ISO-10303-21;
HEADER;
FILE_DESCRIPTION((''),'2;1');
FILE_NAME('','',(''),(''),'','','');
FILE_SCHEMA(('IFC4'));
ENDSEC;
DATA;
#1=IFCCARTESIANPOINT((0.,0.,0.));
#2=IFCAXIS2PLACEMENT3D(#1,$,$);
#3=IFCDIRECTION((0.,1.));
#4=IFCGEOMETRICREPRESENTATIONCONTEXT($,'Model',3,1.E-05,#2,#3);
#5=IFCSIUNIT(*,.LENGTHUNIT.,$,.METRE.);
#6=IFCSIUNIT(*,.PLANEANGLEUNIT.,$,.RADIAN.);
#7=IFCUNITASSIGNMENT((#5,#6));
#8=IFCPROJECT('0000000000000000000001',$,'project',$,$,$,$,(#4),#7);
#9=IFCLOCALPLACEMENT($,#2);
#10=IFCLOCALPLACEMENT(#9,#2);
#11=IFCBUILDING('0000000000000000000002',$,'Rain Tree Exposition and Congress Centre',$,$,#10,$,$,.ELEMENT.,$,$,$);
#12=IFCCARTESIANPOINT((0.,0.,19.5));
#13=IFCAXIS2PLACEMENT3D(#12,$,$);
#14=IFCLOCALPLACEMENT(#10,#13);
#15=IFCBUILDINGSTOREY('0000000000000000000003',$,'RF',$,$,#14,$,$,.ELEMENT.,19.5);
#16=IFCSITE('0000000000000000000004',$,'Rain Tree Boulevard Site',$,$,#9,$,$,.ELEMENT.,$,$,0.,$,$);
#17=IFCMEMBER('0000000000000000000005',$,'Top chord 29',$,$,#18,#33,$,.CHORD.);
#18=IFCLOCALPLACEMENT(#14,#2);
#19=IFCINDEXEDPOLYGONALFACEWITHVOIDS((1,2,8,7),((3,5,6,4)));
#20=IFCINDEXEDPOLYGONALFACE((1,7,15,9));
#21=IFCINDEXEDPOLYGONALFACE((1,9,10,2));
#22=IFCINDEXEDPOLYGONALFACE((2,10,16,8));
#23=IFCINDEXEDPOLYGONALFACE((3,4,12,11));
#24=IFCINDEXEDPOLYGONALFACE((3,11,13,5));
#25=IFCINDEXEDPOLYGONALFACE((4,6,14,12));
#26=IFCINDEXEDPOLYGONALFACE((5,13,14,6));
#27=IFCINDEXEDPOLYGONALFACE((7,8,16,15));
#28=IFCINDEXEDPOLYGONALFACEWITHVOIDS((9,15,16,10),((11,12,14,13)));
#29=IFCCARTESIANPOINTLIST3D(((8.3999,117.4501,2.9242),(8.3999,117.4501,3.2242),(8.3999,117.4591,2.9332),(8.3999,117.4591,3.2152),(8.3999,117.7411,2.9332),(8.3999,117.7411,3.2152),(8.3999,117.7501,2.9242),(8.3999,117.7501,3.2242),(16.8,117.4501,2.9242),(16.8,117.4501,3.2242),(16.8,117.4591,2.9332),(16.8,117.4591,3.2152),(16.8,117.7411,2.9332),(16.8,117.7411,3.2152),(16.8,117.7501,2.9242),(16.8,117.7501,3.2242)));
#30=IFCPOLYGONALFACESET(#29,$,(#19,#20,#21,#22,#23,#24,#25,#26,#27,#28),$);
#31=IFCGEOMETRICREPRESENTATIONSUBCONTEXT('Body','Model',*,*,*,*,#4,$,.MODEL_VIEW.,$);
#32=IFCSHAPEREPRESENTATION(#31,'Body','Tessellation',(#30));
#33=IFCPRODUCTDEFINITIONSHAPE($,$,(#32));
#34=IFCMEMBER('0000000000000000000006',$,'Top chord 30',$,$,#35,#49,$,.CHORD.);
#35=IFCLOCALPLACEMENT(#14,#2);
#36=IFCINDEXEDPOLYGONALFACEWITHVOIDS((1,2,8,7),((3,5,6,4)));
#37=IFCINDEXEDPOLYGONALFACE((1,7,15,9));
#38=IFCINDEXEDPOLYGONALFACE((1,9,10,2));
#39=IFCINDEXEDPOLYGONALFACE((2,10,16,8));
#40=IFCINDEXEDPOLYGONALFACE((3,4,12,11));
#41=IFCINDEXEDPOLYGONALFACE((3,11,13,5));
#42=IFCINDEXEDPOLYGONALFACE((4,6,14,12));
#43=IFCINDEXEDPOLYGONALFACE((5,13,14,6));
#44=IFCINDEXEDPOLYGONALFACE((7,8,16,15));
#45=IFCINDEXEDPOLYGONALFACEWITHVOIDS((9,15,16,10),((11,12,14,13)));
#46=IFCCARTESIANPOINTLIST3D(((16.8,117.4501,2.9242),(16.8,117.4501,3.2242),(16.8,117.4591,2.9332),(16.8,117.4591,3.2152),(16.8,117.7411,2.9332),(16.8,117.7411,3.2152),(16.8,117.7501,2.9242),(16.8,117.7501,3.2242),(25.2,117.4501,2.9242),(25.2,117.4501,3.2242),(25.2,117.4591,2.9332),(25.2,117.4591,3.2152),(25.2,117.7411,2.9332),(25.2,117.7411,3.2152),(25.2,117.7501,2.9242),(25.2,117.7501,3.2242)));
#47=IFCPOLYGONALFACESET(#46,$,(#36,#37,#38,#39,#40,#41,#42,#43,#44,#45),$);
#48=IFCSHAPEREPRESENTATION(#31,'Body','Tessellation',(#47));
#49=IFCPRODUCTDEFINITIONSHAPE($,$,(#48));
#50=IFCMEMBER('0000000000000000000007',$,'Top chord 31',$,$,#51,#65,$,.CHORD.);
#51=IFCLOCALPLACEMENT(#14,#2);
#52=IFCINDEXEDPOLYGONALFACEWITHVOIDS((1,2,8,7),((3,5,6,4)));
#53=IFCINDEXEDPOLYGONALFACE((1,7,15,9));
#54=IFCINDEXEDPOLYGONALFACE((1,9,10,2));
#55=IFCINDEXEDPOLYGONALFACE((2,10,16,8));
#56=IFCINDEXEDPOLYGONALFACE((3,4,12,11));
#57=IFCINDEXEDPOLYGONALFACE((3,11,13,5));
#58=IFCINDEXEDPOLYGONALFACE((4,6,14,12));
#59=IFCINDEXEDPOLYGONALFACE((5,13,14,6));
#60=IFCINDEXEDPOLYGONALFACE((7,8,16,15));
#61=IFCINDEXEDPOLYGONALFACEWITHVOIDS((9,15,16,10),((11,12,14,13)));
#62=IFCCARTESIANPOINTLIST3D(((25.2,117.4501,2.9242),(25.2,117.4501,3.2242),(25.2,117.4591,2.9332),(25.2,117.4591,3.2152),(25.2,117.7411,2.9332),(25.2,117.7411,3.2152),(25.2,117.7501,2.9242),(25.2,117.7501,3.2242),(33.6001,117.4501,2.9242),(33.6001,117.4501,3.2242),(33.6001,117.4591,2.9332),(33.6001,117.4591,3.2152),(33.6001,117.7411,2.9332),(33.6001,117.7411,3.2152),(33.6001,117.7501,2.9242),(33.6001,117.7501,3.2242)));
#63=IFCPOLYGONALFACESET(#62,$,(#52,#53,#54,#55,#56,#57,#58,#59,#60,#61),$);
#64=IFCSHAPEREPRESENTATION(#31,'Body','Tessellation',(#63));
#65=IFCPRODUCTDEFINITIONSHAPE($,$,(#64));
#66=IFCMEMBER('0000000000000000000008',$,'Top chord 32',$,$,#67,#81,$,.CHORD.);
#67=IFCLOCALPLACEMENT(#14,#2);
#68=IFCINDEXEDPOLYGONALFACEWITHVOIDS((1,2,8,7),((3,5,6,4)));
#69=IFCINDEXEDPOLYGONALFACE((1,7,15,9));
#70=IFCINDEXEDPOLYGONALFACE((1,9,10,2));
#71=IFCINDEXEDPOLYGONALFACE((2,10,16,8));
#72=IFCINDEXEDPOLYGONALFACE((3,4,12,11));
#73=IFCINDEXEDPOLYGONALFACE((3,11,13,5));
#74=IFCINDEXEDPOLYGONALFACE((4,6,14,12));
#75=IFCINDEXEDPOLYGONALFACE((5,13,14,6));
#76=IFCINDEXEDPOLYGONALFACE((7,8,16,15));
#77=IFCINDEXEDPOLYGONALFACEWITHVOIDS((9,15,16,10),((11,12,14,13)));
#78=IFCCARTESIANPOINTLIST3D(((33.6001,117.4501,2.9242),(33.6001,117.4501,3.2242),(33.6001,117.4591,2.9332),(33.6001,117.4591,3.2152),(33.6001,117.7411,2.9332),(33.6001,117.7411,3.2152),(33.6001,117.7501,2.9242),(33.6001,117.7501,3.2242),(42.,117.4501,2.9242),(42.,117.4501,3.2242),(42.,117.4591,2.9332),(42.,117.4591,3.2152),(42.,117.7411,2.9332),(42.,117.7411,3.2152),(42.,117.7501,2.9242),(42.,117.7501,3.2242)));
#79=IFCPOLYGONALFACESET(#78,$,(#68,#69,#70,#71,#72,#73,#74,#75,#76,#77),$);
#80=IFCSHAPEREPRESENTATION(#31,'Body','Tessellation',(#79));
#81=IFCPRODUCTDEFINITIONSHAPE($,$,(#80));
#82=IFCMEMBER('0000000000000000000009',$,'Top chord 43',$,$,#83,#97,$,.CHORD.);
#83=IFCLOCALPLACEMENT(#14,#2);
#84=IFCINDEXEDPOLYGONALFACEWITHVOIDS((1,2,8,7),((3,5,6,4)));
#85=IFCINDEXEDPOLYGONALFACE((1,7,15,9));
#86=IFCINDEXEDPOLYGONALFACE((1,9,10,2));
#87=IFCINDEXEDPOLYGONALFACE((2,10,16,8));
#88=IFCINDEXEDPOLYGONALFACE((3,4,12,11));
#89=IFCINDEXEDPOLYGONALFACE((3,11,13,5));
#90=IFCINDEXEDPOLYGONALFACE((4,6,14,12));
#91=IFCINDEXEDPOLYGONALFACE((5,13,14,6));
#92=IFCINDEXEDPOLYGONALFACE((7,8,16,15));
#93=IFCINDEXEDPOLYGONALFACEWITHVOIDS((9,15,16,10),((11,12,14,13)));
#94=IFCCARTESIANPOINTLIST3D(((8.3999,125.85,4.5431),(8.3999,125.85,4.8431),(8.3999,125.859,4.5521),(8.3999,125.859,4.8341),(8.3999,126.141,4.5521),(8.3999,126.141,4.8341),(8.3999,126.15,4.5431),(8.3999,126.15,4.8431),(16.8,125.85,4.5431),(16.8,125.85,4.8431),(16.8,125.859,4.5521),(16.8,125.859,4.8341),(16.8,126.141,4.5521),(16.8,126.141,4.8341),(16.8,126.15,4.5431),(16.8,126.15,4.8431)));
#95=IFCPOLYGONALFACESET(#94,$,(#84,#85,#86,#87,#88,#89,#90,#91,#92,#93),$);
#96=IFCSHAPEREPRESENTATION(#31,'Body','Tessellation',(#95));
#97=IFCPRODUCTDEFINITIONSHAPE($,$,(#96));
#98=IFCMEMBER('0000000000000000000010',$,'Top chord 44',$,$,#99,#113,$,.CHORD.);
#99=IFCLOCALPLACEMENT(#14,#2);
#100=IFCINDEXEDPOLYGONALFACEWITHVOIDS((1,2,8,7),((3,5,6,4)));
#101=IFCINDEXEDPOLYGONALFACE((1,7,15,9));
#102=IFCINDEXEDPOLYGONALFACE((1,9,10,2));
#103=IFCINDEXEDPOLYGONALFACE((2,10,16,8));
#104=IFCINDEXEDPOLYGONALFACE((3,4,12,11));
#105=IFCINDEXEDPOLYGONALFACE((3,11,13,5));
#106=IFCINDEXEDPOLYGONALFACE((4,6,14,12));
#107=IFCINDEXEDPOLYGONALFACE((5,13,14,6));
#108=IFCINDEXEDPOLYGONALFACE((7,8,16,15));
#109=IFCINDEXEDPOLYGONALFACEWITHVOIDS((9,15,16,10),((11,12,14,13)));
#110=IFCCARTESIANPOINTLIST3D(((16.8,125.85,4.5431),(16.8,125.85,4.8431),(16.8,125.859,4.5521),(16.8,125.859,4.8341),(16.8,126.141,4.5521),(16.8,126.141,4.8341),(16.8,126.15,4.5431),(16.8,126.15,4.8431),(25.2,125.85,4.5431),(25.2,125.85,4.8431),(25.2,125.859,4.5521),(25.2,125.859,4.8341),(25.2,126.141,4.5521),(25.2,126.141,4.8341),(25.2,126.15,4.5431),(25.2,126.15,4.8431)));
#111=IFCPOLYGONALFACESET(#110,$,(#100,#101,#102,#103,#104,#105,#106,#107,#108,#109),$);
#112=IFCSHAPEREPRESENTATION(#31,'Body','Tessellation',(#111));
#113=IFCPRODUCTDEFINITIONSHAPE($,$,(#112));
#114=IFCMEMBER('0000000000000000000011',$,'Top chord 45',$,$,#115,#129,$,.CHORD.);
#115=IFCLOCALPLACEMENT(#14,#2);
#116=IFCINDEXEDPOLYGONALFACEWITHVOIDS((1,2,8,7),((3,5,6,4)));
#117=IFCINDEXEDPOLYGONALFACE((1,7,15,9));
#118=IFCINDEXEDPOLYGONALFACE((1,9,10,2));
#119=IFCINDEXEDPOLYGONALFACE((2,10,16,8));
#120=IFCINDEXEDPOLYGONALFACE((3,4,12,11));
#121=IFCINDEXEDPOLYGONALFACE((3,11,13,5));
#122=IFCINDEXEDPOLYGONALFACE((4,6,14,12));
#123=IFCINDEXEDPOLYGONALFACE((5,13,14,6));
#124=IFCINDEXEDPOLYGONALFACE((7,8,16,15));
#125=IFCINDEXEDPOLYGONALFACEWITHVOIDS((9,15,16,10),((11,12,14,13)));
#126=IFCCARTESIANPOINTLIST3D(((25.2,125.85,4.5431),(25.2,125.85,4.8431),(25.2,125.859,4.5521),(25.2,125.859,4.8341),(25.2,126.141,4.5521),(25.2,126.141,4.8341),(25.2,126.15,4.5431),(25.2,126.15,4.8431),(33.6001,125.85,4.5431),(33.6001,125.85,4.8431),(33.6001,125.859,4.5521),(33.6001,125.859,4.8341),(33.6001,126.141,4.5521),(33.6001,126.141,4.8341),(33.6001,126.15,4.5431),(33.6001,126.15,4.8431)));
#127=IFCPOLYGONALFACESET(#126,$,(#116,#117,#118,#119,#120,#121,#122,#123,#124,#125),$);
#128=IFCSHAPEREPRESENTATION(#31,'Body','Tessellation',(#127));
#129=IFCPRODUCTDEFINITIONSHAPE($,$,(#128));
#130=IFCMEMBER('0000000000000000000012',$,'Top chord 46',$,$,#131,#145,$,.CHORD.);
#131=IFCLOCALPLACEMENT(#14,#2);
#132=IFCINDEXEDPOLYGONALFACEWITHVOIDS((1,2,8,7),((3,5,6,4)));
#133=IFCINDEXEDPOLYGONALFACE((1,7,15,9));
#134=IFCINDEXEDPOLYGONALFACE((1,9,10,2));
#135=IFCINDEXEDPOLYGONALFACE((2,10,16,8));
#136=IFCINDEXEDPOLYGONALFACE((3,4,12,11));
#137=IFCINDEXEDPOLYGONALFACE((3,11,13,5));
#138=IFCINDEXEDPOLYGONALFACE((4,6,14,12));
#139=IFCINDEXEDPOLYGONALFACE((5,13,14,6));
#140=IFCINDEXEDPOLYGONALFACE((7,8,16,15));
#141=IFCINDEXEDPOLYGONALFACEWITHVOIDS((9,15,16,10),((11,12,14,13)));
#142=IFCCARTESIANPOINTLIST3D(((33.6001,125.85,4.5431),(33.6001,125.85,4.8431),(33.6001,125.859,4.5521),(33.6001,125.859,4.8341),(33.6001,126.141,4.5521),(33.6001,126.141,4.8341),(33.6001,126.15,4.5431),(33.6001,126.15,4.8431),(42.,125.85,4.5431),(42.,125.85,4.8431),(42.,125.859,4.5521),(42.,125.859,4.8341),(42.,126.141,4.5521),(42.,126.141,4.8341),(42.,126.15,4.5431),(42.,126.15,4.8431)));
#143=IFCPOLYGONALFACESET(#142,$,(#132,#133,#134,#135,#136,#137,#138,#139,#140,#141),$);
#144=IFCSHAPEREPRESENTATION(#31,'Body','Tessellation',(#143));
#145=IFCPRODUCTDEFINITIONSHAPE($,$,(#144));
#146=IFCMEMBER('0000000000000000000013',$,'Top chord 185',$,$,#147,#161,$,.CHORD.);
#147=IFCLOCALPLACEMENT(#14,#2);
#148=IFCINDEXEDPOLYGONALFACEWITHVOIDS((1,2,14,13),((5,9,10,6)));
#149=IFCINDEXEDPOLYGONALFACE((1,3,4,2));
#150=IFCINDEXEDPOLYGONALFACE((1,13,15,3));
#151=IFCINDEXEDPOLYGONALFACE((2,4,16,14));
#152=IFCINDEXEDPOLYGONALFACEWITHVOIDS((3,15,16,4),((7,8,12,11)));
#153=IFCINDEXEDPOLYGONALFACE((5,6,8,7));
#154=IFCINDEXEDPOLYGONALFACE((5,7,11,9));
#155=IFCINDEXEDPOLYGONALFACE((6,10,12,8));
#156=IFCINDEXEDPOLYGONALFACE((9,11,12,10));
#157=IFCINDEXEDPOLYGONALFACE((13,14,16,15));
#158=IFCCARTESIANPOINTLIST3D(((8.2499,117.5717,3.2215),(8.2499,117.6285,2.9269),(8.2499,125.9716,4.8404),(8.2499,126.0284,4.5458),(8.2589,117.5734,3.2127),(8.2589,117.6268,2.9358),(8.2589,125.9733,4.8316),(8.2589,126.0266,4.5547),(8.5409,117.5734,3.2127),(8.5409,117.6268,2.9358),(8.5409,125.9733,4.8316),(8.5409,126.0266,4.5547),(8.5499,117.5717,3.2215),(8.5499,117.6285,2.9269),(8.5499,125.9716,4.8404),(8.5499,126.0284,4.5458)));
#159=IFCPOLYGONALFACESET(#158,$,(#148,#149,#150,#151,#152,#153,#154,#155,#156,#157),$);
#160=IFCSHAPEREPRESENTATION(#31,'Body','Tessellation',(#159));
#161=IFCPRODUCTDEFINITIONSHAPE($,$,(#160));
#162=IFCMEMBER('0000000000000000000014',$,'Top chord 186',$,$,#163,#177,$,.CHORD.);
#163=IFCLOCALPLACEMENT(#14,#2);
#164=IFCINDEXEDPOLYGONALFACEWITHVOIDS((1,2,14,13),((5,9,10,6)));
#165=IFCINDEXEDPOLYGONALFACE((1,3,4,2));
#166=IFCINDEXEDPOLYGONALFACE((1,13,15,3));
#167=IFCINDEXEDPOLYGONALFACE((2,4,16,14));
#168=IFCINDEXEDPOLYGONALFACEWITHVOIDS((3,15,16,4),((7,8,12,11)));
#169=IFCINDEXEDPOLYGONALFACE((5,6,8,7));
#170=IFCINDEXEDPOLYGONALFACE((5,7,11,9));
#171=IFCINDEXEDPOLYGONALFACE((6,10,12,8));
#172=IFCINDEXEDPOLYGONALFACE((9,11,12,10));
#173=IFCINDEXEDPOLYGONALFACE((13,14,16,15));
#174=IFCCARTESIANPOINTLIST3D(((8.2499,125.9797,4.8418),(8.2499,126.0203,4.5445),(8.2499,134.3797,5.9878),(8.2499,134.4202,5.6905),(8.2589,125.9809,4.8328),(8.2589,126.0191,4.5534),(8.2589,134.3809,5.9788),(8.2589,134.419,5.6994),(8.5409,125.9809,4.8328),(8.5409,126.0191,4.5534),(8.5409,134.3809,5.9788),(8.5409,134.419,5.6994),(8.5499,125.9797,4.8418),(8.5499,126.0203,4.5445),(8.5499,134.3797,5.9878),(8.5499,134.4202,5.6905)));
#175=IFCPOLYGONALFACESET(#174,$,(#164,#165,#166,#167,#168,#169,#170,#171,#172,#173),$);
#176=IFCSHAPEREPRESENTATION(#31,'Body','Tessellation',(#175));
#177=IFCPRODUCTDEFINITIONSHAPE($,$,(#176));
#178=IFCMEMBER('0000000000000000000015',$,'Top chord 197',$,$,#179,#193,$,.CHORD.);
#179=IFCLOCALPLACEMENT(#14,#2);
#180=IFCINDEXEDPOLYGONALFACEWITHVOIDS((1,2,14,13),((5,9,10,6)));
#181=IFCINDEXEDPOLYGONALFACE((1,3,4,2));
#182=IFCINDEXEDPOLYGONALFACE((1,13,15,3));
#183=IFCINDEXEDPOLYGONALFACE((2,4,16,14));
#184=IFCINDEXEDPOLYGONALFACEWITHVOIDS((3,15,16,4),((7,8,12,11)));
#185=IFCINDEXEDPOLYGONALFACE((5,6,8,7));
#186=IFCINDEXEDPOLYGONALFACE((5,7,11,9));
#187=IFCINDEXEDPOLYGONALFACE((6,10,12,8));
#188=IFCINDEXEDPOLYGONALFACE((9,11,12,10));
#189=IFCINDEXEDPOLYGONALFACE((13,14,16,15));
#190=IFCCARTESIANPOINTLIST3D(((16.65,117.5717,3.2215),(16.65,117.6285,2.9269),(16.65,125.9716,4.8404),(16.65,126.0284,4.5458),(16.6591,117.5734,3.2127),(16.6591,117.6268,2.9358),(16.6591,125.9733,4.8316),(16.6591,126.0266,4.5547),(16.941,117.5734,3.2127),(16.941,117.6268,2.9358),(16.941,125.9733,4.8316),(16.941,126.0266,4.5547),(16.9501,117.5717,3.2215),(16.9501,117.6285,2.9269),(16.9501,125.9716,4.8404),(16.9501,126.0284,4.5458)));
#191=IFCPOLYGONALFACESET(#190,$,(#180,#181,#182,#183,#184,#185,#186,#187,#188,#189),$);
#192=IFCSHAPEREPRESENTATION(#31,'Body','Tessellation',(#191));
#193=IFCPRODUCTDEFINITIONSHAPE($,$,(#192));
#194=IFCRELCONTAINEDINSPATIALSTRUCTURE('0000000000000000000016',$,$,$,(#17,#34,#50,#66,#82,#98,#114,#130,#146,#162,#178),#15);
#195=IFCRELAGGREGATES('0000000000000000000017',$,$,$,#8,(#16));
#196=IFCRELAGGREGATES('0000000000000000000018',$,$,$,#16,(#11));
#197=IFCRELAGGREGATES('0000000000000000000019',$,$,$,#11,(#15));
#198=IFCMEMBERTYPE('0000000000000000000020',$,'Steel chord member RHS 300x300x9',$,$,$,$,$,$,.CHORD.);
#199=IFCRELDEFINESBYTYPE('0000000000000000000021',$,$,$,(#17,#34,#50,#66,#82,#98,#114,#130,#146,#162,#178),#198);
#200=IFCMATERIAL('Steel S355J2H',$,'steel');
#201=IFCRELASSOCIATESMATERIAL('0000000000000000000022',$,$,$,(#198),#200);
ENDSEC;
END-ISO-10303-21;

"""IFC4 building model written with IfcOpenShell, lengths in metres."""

from ifc_helpers import new_model, si_unit, direction, frame, origin, origin_2d, place, context, subcontext, project, spatial, hollow_rectangle, extrude, material, material_profile, profile_set, type_object, element, save


model = new_model("IFC4")

# Units and contexts
model_context = context("Model", 3, precision=1e-05, world=origin(), true_north=direction((0.0, 1.0)))
body_context = subcontext(model_context, "Body", "Model", "MODEL_VIEW")
ifc_project = project(units=[si_unit("LENGTHUNIT", "METRE"), si_unit("PLANEANGLEUNIT", "RADIAN")], contexts=[model_context])

# Site, building, storey
site_placement = place(None, origin())
site = spatial("IfcSite", under=ifc_project, at=site_placement, Name="Rain Tree Boulevard Site", CompositionType="ELEMENT", RefElevation=0.0)
building_placement = place(site_placement, origin())
building = spatial("IfcBuilding", under=site, at=building_placement, Name="Rain Tree Exposition and Congress Centre", CompositionType="ELEMENT")
storey_placement = place(building_placement, frame((0.0, 0.0, 19.5)))
storey = spatial("IfcBuildingStorey", under=building, at=storey_placement, Name="RF", CompositionType="ELEMENT", Elevation=19.5)

# Members
ifc_material_1 = material(Name="Steel S355J2H", Category="steel")
ifc_material_profile_1 = material_profile(ifc_material_1, hollow_rectangle(XDim=0.3, YDim=0.3, WallThickness=0.009, at=origin_2d()), Name="RHS 300x300x9")
ifc_profile_set_1 = profile_set([ifc_material_profile_1], Name="Steel S355J2H")
member_type = type_object("IfcMemberType", Name="Steel chord member RHS 300x300x9", PredefinedType="CHORD", material=ifc_profile_set_1)
member_1_placement = place(storey_placement, frame((8.3999, 117.6001, 3.0742), z_axis=(1.0, 0.0, 0.0), x_axis=(0.0, 1.0, 0.0)))
element("IfcMember", 1, at=member_1_placement, inside=storey, type_object=member_type, Name="Top chord 29", PredefinedType="CHORD", context=body_context, shape_type="SweptSolid", body=[
    extrude(hollow_rectangle(XDim=0.3, YDim=0.3, WallThickness=0.009, at=origin_2d()), origin(), (0.0, 0.0, 1.0), 8.4001),
])
member_2_placement = place(storey_placement, frame((16.8, 117.6001, 3.0742), z_axis=(1.0, 0.0, 0.0), x_axis=(0.0, 1.0, 0.0)))
element("IfcMember", 2, at=member_2_placement, inside=storey, type_object=member_type, Name="Top chord 30", PredefinedType="CHORD", context=body_context, shape_type="SweptSolid", body=[
    extrude(hollow_rectangle(XDim=0.3, YDim=0.3, WallThickness=0.009, at=origin_2d()), origin(), (0.0, 0.0, 1.0), 8.3999),
])
member_3_placement = place(storey_placement, frame((25.2, 117.6001, 3.0742), z_axis=(1.0, 0.0, 0.0), x_axis=(0.0, 1.0, 0.0)))
element("IfcMember", 3, at=member_3_placement, inside=storey, type_object=member_type, Name="Top chord 31", PredefinedType="CHORD", context=body_context, shape_type="SweptSolid", body=[
    extrude(hollow_rectangle(XDim=0.3, YDim=0.3, WallThickness=0.009, at=origin_2d()), origin(), (0.0, 0.0, 1.0), 8.4001),
])
member_4_placement = place(storey_placement, frame((33.6001, 117.6001, 3.0742), z_axis=(1.0, 0.0, 0.0), x_axis=(0.0, 1.0, 0.0)))
element("IfcMember", 4, at=member_4_placement, inside=storey, type_object=member_type, Name="Top chord 32", PredefinedType="CHORD", context=body_context, shape_type="SweptSolid", body=[
    extrude(hollow_rectangle(XDim=0.3, YDim=0.3, WallThickness=0.009, at=origin_2d()), origin(), (0.0, 0.0, 1.0), 8.3999),
])
member_5_placement = place(storey_placement, frame((8.3999, 126.0, 4.6931), z_axis=(1.0, 0.0, 0.0), x_axis=(0.0, 1.0, 0.0)))
element("IfcMember", 5, at=member_5_placement, inside=storey, type_object=member_type, Name="Top chord 43", PredefinedType="CHORD", context=body_context, shape_type="SweptSolid", body=[
    extrude(hollow_rectangle(XDim=0.3, YDim=0.3, WallThickness=0.009, at=origin_2d()), origin(), (0.0, 0.0, 1.0), 8.4001),
])
member_6_placement = place(storey_placement, frame((16.8, 126.0, 4.6931), z_axis=(1.0, 0.0, 0.0), x_axis=(0.0, 1.0, 0.0)))
element("IfcMember", 6, at=member_6_placement, inside=storey, type_object=member_type, Name="Top chord 44", PredefinedType="CHORD", context=body_context, shape_type="SweptSolid", body=[
    extrude(hollow_rectangle(XDim=0.3, YDim=0.3, WallThickness=0.009, at=origin_2d()), origin(), (0.0, 0.0, 1.0), 8.3999),
])
member_7_placement = place(storey_placement, frame((25.2, 126.0, 4.6931), z_axis=(1.0, 0.0, 0.0), x_axis=(0.0, 1.0, 0.0)))
element("IfcMember", 7, at=member_7_placement, inside=storey, type_object=member_type, Name="Top chord 45", PredefinedType="CHORD", context=body_context, shape_type="SweptSolid", body=[
    extrude(hollow_rectangle(XDim=0.3, YDim=0.3, WallThickness=0.009, at=origin_2d()), origin(), (0.0, 0.0, 1.0), 8.4001),
])
member_8_placement = place(storey_placement, frame((33.6001, 126.0, 4.6931), z_axis=(1.0, 0.0, 0.0), x_axis=(0.0, 1.0, 0.0)))
element("IfcMember", 8, at=member_8_placement, inside=storey, type_object=member_type, Name="Top chord 46", PredefinedType="CHORD", context=body_context, shape_type="SweptSolid", body=[
    extrude(hollow_rectangle(XDim=0.3, YDim=0.3, WallThickness=0.009, at=origin_2d()), origin(), (0.0, 0.0, 1.0), 8.3999),
])
member_9_placement = place(storey_placement, frame((8.3999, 117.6001, 3.0742), z_axis=(0.0, 0.98193, 0.189245), x_axis=(-1.0, 0.0, 0.0)))
element("IfcMember", 9, at=member_9_placement, inside=storey, type_object=member_type, Name="Top chord 185", PredefinedType="CHORD", context=body_context, shape_type="SweptSolid", body=[
    extrude(hollow_rectangle(XDim=0.3, YDim=0.3, WallThickness=0.009, at=origin_2d()), origin(), (0.0, 0.0, 1.0), 8.5544),
])
member_10_placement = place(storey_placement, frame((8.3999, 126.0, 4.6931), z_axis=(0.0, 0.990821, 0.135177), x_axis=(-1.0, 0.0, 0.0)))
element("IfcMember", 10, at=member_10_placement, inside=storey, type_object=member_type, Name="Top chord 186", PredefinedType="CHORD", context=body_context, shape_type="SweptSolid", body=[
    extrude(hollow_rectangle(XDim=0.3, YDim=0.3, WallThickness=0.009, at=origin_2d()), origin(), (0.0, 0.0, 1.0), 8.4778),
])
member_11_placement = place(storey_placement, frame((16.8, 117.6001, 3.0742), z_axis=(0.0, 0.98193, 0.189245), x_axis=(-1.0, 0.0, 0.0)))
element("IfcMember", 11, at=member_11_placement, inside=storey, type_object=member_type, Name="Top chord 197", PredefinedType="CHORD", context=body_context, shape_type="SweptSolid", body=[
    extrude(hollow_rectangle(XDim=0.3, YDim=0.3, WallThickness=0.009, at=origin_2d()), origin(), (0.0, 0.0, 1.0), 8.5544),
])

save(model, "model.ifc")
